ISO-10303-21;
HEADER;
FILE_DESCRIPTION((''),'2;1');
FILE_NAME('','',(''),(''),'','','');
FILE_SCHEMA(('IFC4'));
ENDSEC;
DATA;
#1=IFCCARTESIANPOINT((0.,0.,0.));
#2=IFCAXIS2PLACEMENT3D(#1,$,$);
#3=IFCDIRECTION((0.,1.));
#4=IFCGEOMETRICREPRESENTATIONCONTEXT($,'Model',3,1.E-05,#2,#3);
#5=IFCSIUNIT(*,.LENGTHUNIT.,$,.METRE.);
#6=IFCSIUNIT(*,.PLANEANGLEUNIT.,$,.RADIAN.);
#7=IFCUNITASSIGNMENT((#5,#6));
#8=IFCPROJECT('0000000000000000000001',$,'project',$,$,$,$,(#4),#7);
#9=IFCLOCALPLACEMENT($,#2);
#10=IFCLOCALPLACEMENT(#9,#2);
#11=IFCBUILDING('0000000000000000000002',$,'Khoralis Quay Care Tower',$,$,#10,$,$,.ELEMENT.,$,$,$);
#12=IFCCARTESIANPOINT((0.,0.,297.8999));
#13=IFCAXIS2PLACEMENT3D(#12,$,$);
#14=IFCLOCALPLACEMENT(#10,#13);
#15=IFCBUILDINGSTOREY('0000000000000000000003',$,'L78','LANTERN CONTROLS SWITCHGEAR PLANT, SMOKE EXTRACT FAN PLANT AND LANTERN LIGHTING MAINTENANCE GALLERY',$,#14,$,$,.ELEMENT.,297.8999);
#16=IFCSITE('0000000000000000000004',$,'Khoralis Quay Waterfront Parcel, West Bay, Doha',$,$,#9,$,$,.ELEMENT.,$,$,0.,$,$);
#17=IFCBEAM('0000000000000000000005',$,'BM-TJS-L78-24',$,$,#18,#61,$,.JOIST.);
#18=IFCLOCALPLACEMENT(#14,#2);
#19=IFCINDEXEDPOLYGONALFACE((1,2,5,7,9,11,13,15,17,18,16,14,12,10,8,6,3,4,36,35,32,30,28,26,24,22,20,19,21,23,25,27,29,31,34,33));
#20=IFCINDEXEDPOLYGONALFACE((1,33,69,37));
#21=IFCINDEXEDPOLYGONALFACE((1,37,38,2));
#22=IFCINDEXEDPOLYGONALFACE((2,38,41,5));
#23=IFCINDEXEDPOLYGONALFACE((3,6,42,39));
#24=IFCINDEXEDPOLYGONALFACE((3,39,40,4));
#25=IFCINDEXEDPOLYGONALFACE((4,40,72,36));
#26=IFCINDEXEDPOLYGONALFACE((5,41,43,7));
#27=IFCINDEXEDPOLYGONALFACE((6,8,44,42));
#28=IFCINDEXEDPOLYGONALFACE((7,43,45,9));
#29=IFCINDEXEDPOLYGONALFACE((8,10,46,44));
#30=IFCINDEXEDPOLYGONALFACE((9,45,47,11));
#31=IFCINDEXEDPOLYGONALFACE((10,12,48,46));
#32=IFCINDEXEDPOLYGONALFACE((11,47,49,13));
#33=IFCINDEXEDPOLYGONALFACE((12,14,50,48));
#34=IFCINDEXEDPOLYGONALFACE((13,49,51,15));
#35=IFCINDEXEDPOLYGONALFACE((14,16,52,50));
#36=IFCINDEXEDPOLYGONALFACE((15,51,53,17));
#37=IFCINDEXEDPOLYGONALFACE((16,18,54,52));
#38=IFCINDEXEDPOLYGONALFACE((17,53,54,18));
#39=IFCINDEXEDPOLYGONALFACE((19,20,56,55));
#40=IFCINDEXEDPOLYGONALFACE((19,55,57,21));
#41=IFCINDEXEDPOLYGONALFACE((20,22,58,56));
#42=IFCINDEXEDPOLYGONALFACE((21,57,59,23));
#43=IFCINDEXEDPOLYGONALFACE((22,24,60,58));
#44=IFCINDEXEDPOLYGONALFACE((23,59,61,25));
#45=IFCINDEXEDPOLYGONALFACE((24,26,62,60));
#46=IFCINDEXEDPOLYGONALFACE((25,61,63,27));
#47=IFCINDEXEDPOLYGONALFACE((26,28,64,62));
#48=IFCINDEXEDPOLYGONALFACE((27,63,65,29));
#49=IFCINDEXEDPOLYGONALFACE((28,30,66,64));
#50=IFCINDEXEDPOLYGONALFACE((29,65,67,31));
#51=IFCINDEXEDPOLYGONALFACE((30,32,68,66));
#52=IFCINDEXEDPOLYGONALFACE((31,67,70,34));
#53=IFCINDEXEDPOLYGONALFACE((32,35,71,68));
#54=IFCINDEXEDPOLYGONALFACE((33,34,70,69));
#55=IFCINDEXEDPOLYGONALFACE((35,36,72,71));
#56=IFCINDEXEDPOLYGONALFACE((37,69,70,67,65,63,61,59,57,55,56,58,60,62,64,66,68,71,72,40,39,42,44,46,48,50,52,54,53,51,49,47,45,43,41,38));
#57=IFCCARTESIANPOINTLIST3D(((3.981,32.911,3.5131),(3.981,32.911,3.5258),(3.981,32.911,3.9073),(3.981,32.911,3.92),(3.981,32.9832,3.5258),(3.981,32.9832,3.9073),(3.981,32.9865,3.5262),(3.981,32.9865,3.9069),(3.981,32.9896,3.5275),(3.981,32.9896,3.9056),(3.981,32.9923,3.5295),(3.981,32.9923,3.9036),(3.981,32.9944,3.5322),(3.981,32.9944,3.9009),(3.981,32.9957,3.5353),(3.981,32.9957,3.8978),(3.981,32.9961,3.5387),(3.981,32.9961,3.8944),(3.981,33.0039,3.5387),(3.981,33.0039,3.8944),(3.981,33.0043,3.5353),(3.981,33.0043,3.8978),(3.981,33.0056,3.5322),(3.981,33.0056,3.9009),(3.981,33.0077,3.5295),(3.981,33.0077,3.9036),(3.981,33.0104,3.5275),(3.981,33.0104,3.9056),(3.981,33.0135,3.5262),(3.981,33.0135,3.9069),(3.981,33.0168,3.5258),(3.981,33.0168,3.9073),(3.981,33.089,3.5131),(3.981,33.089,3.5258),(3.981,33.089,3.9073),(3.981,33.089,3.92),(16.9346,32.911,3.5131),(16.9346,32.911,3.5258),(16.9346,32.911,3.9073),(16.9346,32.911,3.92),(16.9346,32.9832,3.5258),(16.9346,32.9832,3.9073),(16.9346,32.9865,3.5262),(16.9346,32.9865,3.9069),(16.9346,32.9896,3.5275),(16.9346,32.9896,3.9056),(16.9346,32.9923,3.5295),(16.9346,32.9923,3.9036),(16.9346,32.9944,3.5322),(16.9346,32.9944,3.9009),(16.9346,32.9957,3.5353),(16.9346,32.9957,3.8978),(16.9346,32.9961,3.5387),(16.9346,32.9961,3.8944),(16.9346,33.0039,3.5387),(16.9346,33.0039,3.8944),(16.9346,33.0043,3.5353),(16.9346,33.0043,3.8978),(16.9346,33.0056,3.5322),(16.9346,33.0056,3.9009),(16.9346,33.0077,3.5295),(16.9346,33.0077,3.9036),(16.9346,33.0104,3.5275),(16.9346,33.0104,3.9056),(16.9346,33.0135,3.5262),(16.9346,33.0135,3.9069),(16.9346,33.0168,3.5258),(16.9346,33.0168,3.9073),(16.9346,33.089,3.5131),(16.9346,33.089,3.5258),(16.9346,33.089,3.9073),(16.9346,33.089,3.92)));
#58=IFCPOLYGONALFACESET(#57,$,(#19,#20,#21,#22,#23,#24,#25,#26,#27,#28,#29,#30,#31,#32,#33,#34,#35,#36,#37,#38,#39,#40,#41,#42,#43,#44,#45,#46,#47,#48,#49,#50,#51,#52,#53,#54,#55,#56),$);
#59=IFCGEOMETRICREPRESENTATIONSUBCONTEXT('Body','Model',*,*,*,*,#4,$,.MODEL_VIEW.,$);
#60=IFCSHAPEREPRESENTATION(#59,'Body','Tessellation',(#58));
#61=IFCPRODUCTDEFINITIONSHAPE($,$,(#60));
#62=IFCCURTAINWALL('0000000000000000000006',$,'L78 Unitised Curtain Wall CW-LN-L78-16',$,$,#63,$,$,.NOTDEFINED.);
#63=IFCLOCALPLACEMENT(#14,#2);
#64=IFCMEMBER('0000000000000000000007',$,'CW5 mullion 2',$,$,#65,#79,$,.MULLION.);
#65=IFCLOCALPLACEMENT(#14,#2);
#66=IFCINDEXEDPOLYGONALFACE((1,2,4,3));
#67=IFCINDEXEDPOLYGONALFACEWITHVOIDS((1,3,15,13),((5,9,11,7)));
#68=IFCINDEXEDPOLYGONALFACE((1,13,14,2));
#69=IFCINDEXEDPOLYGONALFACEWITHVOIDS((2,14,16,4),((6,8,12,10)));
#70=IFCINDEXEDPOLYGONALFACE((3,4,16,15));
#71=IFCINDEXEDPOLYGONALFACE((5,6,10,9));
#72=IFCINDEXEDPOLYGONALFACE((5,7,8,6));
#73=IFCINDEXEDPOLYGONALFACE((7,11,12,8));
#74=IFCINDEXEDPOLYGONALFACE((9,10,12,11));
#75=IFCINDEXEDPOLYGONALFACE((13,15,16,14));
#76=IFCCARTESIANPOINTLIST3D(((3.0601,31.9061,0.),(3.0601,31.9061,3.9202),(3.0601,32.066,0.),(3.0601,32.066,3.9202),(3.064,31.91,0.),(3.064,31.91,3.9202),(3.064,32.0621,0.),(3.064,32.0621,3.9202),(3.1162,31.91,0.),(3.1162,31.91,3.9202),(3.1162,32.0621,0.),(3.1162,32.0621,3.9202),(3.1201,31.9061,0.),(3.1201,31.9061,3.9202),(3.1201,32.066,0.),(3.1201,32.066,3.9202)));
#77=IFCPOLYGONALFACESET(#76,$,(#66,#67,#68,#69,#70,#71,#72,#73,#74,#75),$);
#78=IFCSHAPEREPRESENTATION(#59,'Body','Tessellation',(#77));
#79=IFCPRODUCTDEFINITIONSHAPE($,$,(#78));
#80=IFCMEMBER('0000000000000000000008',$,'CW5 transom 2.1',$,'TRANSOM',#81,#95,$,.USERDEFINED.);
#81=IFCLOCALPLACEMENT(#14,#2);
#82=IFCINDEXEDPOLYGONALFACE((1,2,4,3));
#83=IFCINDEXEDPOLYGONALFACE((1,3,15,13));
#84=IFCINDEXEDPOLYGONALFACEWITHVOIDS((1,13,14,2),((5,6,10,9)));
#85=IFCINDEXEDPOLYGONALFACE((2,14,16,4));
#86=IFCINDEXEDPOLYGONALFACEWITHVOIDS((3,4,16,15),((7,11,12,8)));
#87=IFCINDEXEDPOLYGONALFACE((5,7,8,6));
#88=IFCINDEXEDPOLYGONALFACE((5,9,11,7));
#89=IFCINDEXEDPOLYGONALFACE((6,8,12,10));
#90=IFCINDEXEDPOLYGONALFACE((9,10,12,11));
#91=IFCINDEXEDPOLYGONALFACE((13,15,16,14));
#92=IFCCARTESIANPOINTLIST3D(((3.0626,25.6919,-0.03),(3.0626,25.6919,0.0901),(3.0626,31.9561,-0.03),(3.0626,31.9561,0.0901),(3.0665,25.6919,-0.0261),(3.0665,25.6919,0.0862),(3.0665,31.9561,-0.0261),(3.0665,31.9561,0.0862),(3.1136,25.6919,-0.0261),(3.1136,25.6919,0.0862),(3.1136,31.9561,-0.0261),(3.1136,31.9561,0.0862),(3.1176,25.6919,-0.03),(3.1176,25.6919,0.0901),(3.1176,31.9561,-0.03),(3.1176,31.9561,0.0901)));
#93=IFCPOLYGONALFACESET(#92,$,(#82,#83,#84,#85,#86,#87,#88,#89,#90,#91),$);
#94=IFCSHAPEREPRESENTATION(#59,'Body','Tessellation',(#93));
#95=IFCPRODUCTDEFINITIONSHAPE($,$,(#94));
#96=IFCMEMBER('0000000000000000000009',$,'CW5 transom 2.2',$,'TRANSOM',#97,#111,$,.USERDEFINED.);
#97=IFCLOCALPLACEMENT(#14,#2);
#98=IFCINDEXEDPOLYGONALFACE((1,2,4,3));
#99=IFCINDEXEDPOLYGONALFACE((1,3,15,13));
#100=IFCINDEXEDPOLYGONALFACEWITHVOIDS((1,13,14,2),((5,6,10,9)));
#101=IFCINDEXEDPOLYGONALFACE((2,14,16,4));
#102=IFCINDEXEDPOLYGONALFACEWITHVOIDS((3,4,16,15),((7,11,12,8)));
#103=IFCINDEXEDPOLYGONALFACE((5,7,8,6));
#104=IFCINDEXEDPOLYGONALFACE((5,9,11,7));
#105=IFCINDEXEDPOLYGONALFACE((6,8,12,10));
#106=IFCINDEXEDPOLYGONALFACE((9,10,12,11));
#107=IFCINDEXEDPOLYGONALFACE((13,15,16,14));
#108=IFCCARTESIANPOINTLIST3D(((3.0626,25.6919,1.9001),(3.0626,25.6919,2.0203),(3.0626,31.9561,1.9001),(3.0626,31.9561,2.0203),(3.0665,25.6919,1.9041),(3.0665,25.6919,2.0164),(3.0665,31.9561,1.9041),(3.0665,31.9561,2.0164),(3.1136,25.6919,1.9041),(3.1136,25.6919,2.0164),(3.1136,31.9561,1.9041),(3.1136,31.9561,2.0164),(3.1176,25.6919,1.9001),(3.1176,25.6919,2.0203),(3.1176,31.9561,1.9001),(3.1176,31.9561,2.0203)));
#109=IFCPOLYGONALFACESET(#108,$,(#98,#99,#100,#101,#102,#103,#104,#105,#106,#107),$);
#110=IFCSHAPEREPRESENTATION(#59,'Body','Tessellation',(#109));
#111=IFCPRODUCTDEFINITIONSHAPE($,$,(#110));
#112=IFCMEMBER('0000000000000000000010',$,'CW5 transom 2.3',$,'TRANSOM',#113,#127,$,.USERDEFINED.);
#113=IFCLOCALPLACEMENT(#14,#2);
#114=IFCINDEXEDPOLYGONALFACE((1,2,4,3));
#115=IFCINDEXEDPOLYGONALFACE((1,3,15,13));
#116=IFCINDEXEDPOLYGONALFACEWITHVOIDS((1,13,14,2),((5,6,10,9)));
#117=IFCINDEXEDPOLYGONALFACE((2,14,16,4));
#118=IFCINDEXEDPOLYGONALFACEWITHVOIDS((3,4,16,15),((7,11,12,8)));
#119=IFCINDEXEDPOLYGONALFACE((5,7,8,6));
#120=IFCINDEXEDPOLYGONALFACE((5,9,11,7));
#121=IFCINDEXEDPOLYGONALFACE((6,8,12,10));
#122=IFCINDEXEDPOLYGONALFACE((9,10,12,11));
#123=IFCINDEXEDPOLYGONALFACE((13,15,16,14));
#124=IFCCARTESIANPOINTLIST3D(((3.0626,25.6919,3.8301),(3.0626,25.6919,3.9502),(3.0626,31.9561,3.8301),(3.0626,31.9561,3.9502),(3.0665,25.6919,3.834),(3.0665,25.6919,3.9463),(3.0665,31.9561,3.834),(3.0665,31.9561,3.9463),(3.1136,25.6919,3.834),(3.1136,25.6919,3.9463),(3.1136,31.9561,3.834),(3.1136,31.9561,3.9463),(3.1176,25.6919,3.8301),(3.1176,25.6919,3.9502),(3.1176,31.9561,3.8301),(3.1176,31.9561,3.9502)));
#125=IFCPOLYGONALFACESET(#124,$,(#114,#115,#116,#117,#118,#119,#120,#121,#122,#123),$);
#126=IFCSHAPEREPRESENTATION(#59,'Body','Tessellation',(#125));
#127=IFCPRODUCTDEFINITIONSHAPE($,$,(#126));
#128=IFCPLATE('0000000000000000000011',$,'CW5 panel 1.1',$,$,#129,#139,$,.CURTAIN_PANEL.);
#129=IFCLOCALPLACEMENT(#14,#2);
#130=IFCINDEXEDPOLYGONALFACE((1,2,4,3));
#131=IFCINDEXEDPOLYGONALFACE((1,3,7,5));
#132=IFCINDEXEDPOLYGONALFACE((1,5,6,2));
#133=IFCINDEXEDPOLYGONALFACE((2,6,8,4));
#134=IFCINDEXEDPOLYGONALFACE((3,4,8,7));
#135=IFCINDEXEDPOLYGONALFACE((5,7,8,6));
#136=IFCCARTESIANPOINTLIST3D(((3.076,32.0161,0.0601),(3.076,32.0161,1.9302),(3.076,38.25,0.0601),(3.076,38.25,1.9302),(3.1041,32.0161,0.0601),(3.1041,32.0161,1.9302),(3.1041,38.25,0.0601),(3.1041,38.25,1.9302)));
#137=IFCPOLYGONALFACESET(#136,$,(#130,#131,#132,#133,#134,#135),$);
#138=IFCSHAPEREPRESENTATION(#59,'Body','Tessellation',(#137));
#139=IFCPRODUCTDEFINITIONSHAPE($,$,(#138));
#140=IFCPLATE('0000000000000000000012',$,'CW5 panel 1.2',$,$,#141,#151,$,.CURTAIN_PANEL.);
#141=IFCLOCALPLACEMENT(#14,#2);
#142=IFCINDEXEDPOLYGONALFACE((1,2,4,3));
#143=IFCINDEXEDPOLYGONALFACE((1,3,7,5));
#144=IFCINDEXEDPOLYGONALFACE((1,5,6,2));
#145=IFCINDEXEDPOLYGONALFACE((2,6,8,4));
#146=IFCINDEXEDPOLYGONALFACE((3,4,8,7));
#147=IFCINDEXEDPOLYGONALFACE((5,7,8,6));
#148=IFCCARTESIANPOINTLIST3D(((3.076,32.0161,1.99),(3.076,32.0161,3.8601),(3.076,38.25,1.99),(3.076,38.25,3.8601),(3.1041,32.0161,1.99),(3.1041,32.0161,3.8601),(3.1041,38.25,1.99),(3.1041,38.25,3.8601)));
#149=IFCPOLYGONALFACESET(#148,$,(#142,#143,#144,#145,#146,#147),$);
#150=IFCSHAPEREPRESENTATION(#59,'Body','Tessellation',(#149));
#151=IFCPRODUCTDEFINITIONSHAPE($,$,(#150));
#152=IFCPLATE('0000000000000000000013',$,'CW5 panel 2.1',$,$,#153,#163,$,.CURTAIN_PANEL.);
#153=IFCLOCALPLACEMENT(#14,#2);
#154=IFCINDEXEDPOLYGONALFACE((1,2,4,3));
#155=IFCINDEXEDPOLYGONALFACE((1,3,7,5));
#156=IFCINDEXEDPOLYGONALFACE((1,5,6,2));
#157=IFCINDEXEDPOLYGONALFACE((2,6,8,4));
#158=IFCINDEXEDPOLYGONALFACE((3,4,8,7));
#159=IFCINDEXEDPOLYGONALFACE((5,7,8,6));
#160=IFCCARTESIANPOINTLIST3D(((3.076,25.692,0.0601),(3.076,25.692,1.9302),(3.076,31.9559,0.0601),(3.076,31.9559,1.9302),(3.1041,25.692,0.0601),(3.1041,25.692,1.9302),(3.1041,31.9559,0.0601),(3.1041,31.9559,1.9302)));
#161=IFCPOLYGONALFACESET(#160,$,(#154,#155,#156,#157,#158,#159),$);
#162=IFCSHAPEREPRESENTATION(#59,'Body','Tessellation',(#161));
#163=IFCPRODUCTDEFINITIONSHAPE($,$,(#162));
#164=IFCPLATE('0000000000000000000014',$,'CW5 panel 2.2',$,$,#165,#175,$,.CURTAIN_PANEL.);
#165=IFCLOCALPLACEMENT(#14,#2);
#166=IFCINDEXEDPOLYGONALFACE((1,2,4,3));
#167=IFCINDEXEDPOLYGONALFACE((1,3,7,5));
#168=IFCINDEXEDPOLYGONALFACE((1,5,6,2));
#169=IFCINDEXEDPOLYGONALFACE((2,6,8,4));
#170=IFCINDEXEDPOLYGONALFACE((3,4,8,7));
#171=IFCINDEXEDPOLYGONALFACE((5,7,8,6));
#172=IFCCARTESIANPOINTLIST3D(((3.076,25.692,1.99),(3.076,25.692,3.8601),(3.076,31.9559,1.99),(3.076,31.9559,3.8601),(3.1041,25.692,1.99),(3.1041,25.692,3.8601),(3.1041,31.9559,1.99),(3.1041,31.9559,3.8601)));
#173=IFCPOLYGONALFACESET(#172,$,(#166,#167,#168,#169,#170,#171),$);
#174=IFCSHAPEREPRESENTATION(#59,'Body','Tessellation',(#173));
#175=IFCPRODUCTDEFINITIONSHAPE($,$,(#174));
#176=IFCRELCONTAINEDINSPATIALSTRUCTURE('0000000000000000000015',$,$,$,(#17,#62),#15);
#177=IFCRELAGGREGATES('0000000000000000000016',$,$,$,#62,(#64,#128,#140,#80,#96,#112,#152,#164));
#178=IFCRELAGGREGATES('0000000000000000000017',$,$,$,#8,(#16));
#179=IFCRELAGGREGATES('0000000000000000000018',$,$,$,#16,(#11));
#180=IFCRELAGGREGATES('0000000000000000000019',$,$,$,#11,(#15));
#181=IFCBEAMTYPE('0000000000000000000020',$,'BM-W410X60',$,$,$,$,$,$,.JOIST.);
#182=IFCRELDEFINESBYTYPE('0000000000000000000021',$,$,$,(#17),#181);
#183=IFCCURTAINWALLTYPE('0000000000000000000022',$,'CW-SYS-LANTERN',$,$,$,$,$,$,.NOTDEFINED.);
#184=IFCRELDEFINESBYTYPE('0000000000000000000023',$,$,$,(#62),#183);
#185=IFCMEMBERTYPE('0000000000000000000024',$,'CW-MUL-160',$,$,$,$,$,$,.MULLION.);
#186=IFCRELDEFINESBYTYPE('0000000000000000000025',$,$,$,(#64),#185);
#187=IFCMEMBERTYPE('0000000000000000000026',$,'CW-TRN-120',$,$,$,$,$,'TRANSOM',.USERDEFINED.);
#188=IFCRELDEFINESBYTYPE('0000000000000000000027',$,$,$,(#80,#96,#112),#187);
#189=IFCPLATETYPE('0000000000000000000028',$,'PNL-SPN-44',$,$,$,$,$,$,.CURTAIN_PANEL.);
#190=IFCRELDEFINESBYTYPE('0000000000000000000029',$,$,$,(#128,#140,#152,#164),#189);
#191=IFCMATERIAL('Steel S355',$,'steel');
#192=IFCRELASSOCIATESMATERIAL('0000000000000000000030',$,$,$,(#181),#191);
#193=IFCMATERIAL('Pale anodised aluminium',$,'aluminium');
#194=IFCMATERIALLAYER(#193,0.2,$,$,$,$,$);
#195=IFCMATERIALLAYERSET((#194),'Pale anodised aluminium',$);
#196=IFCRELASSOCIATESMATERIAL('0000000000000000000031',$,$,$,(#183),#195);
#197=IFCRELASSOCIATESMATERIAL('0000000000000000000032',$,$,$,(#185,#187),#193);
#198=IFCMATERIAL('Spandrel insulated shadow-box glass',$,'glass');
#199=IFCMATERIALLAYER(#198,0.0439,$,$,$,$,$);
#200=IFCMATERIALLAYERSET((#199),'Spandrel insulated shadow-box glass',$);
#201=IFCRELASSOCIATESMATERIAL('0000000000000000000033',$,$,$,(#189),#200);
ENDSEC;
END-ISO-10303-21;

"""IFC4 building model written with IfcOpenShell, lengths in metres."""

from ifc_helpers import new_model, si_unit, direction, frame, origin, origin_2d, place, context, subcontext, project, spatial, rectangle, hollow_rectangle, i_section, extrude, source, transform, mapped, material, layer, layer_set, material_profile, profile_set, type_object, element, aggregate, save


model = new_model("IFC4")

# Units and contexts
model_context = context("Model", 3, precision=1e-05, world=origin(), true_north=direction((0.0, 1.0)))
body_context = subcontext(model_context, "Body", "Model", "MODEL_VIEW")
ifc_project = project(units=[si_unit("LENGTHUNIT", "METRE"), si_unit("PLANEANGLEUNIT", "RADIAN")], contexts=[model_context])

# Site, building, storey
site_placement = place(None, origin())
site = spatial("IfcSite", under=ifc_project, at=site_placement, Name="Khoralis Quay Waterfront Parcel, West Bay, Doha", CompositionType="ELEMENT", RefElevation=0.0)
building_placement = place(site_placement, origin())
building = spatial("IfcBuilding", under=site, at=building_placement, Name="Khoralis Quay Care Tower", CompositionType="ELEMENT")
storey_placement = place(building_placement, frame((0.0, 0.0, 297.8999)))
storey = spatial("IfcBuildingStorey", under=building, at=storey_placement, Name="L78", Description="LANTERN CONTROLS SWITCHGEAR PLANT, SMOKE EXTRACT FAN PLANT AND LANTERN LIGHTING MAINTENANCE GALLERY", CompositionType="ELEMENT", Elevation=297.8999)

# Shared definitions
ifc_material_1 = material(Name="Steel S355", Category="steel")

# Beam
ifc_material_profile_1 = material_profile(ifc_material_1, i_section(OverallWidth=0.178, OverallDepth=0.407, WebThickness=0.0078, FlangeThickness=0.0127, FilletRadius=0.0129, at=origin_2d()), Name="Steel S355")
ifc_profile_set_1 = profile_set([ifc_material_profile_1], Name="Steel S355")
beam_type_1 = type_object("IfcBeamType", Name="BM-W410X60", PredefinedType="JOIST", material=ifc_profile_set_1)
shared_shape_1 = source(origin(), body_context, "Body", "SweptSolid", [
    extrude(i_section(OverallWidth=0.178, OverallDepth=0.407, WebThickness=0.0078, FlangeThickness=0.0127, FilletRadius=0.0129, at=origin_2d()), origin(), (0.0, 0.0, 1.0), 12.9536),
])
beam_1_placement = place(storey_placement, frame((3.981, 33.0, 3.7166), z_axis=(1.0, 0.0, 0.0), x_axis=(0.0, 1.0, 0.0)))
element("IfcBeam", 1, at=beam_1_placement, inside=storey, type_object=beam_type_1, Name="BM-TJS-L78-24", PredefinedType="JOIST", context=body_context, shape_type="MappedRepresentation", body=[
    mapped(shared_shape_1, transform((0.0, 0.0, 0.0), scale=1.0)),
])

# Curtain wall, members, plates
ifc_material_2 = material(Name="Pale anodised aluminium", Category="aluminium")
ifc_layer_1 = layer(ifc_material_2, 0.2)
ifc_layer_set_1 = layer_set([ifc_layer_1], Name="Pale anodised aluminium")
curtain_wall_type = type_object("IfcCurtainWallType", Name="CW-SYS-LANTERN", PredefinedType="NOTDEFINED", material=ifc_layer_set_1)
curtain_wall_placement = place(storey_placement, origin())
curtain_wall = element("IfcCurtainWall", 2, at=curtain_wall_placement, inside=storey, type_object=curtain_wall_type, Name="L78 Unitised Curtain Wall CW-LN-L78-16", PredefinedType="NOTDEFINED")
ifc_material_profile_2 = material_profile(ifc_material_2, hollow_rectangle(XDim=0.0601, YDim=0.1599, WallThickness=0.0039, at=origin_2d()), Name="Pale anodised aluminium")
ifc_profile_set_2 = profile_set([ifc_material_profile_2], Name="Pale anodised aluminium")
member_type_1 = type_object("IfcMemberType", Name="CW-MUL-160", PredefinedType="MULLION", material=ifc_profile_set_2)
shared_shape_2 = source(origin(), body_context, "Body", "SweptSolid", [
    extrude(hollow_rectangle(XDim=0.0601, YDim=0.1599, WallThickness=0.0039, at=origin_2d()), origin(), (0.0, 0.0, 1.0), 3.9202),
])
member_1_placement = place(storey_placement, frame((3.0901, 31.9861, 0.0), z_axis=(0.0, 0.0, 1.0), x_axis=(1.0, 0.0, 0.0)))
member_1 = element("IfcMember", 3, at=member_1_placement, type_object=member_type_1, Name="CW5 mullion 2", PredefinedType="MULLION", context=body_context, shape_type="MappedRepresentation", body=[
    mapped(shared_shape_2, transform((0.0, 0.0, 0.0), scale=1.0)),
])
ifc_material_profile_3 = material_profile(ifc_material_2, hollow_rectangle(XDim=0.0549, YDim=0.1201, WallThickness=0.0039, at=origin_2d()), Name="Pale anodised aluminium")
ifc_profile_set_3 = profile_set([ifc_material_profile_3], Name="Pale anodised aluminium")
member_type_2 = type_object("IfcMemberType", Name="CW-TRN-120", ElementType="TRANSOM", PredefinedType="USERDEFINED", material=ifc_profile_set_3)
shared_shape_3 = source(origin(), body_context, "Body", "SweptSolid", [
    extrude(hollow_rectangle(XDim=0.0549, YDim=0.1201, WallThickness=0.0039, at=origin_2d()), origin(), (0.0, 0.0, 1.0), 6.2642),
])
member_2_placement = place(storey_placement, frame((3.0901, 31.9561, 0.03), z_axis=(0.0, -1.0, 0.0), x_axis=(1.0, 0.0, 0.0)))
member_2 = element("IfcMember", 4, at=member_2_placement, type_object=member_type_2, Name="CW5 transom 2.1", ObjectType="TRANSOM", PredefinedType="USERDEFINED", context=body_context, shape_type="MappedRepresentation", body=[
    mapped(shared_shape_3, transform((0.0, 0.0, 0.0), scale=1.0)),
])
member_3_placement = place(storey_placement, frame((3.0901, 31.9561, 1.9602), z_axis=(0.0, -1.0, 0.0), x_axis=(1.0, 0.0, 0.0)))
member_3 = element("IfcMember", 5, at=member_3_placement, type_object=member_type_2, Name="CW5 transom 2.2", ObjectType="TRANSOM", PredefinedType="USERDEFINED", context=body_context, shape_type="MappedRepresentation", body=[
    mapped(shared_shape_3, transform((0.0, 0.0, 0.0), scale=1.0)),
])
member_4_placement = place(storey_placement, frame((3.0901, 31.9561, 3.8901), z_axis=(0.0, -1.0, 0.0), x_axis=(1.0, 0.0, 0.0)))
member_4 = element("IfcMember", 6, at=member_4_placement, type_object=member_type_2, Name="CW5 transom 2.3", ObjectType="TRANSOM", PredefinedType="USERDEFINED", context=body_context, shape_type="MappedRepresentation", body=[
    mapped(shared_shape_3, transform((0.0, 0.0, 0.0), scale=1.0)),
])
ifc_material_3 = material(Name="Spandrel insulated shadow-box glass", Category="glass")
ifc_layer_2 = layer(ifc_material_3, 0.0439)
ifc_layer_set_2 = layer_set([ifc_layer_2], Name="Spandrel insulated shadow-box glass")
plate_type = type_object("IfcPlateType", Name="PNL-SPN-44", PredefinedType="CURTAIN_PANEL", material=ifc_layer_set_2)
shared_shape_4 = source(origin(), body_context, "Body", "SweptSolid", [
    extrude(rectangle(XDim=6.2339, YDim=0.0281, at=origin_2d()), origin(), (0.0, 0.0, 1.0), 1.8701),
])
plate_1_placement = place(storey_placement, frame((3.0901, 35.1331, 0.0601), z_axis=(0.0, 0.0, 1.0), x_axis=(0.0, -1.0, 0.0)))
plate_1 = element("IfcPlate", 7, at=plate_1_placement, type_object=plate_type, Name="CW5 panel 1.1", PredefinedType="CURTAIN_PANEL", context=body_context, shape_type="MappedRepresentation", body=[
    mapped(shared_shape_4, transform((0.0, 0.0, 0.0), scale=1.0)),
])
plate_2_placement = place(storey_placement, frame((3.0901, 35.1331, 1.99), z_axis=(0.0, 0.0, 1.0), x_axis=(0.0, -1.0, 0.0)))
plate_2 = element("IfcPlate", 8, at=plate_2_placement, type_object=plate_type, Name="CW5 panel 1.2", PredefinedType="CURTAIN_PANEL", context=body_context, shape_type="MappedRepresentation", body=[
    mapped(shared_shape_4, transform((0.0, 0.0, 0.0), scale=1.0)),
])
shared_shape_5 = source(origin(), body_context, "Body", "SweptSolid", [
    extrude(rectangle(XDim=6.2639, YDim=0.0281, at=origin_2d()), origin(), (0.0, 0.0, 1.0), 1.8701),
])
plate_3_placement = place(storey_placement, frame((3.0901, 28.824, 0.0601), z_axis=(0.0, 0.0, 1.0), x_axis=(0.0, -1.0, 0.0)))
plate_3 = element("IfcPlate", 9, at=plate_3_placement, type_object=plate_type, Name="CW5 panel 2.1", PredefinedType="CURTAIN_PANEL", context=body_context, shape_type="MappedRepresentation", body=[
    mapped(shared_shape_5, transform((0.0, 0.0, 0.0), scale=1.0)),
])
plate_4_placement = place(storey_placement, frame((3.0901, 28.824, 1.99), z_axis=(0.0, 0.0, 1.0), x_axis=(0.0, -1.0, 0.0)))
plate_4 = element("IfcPlate", 10, at=plate_4_placement, type_object=plate_type, Name="CW5 panel 2.2", PredefinedType="CURTAIN_PANEL", context=body_context, shape_type="MappedRepresentation", body=[
    mapped(shared_shape_5, transform((0.0, 0.0, 0.0), scale=1.0)),
])
aggregate(curtain_wall, [member_1, plate_1, plate_2, member_2, member_3, member_4, plate_3, plate_4])

save(model, "model.ifc")
